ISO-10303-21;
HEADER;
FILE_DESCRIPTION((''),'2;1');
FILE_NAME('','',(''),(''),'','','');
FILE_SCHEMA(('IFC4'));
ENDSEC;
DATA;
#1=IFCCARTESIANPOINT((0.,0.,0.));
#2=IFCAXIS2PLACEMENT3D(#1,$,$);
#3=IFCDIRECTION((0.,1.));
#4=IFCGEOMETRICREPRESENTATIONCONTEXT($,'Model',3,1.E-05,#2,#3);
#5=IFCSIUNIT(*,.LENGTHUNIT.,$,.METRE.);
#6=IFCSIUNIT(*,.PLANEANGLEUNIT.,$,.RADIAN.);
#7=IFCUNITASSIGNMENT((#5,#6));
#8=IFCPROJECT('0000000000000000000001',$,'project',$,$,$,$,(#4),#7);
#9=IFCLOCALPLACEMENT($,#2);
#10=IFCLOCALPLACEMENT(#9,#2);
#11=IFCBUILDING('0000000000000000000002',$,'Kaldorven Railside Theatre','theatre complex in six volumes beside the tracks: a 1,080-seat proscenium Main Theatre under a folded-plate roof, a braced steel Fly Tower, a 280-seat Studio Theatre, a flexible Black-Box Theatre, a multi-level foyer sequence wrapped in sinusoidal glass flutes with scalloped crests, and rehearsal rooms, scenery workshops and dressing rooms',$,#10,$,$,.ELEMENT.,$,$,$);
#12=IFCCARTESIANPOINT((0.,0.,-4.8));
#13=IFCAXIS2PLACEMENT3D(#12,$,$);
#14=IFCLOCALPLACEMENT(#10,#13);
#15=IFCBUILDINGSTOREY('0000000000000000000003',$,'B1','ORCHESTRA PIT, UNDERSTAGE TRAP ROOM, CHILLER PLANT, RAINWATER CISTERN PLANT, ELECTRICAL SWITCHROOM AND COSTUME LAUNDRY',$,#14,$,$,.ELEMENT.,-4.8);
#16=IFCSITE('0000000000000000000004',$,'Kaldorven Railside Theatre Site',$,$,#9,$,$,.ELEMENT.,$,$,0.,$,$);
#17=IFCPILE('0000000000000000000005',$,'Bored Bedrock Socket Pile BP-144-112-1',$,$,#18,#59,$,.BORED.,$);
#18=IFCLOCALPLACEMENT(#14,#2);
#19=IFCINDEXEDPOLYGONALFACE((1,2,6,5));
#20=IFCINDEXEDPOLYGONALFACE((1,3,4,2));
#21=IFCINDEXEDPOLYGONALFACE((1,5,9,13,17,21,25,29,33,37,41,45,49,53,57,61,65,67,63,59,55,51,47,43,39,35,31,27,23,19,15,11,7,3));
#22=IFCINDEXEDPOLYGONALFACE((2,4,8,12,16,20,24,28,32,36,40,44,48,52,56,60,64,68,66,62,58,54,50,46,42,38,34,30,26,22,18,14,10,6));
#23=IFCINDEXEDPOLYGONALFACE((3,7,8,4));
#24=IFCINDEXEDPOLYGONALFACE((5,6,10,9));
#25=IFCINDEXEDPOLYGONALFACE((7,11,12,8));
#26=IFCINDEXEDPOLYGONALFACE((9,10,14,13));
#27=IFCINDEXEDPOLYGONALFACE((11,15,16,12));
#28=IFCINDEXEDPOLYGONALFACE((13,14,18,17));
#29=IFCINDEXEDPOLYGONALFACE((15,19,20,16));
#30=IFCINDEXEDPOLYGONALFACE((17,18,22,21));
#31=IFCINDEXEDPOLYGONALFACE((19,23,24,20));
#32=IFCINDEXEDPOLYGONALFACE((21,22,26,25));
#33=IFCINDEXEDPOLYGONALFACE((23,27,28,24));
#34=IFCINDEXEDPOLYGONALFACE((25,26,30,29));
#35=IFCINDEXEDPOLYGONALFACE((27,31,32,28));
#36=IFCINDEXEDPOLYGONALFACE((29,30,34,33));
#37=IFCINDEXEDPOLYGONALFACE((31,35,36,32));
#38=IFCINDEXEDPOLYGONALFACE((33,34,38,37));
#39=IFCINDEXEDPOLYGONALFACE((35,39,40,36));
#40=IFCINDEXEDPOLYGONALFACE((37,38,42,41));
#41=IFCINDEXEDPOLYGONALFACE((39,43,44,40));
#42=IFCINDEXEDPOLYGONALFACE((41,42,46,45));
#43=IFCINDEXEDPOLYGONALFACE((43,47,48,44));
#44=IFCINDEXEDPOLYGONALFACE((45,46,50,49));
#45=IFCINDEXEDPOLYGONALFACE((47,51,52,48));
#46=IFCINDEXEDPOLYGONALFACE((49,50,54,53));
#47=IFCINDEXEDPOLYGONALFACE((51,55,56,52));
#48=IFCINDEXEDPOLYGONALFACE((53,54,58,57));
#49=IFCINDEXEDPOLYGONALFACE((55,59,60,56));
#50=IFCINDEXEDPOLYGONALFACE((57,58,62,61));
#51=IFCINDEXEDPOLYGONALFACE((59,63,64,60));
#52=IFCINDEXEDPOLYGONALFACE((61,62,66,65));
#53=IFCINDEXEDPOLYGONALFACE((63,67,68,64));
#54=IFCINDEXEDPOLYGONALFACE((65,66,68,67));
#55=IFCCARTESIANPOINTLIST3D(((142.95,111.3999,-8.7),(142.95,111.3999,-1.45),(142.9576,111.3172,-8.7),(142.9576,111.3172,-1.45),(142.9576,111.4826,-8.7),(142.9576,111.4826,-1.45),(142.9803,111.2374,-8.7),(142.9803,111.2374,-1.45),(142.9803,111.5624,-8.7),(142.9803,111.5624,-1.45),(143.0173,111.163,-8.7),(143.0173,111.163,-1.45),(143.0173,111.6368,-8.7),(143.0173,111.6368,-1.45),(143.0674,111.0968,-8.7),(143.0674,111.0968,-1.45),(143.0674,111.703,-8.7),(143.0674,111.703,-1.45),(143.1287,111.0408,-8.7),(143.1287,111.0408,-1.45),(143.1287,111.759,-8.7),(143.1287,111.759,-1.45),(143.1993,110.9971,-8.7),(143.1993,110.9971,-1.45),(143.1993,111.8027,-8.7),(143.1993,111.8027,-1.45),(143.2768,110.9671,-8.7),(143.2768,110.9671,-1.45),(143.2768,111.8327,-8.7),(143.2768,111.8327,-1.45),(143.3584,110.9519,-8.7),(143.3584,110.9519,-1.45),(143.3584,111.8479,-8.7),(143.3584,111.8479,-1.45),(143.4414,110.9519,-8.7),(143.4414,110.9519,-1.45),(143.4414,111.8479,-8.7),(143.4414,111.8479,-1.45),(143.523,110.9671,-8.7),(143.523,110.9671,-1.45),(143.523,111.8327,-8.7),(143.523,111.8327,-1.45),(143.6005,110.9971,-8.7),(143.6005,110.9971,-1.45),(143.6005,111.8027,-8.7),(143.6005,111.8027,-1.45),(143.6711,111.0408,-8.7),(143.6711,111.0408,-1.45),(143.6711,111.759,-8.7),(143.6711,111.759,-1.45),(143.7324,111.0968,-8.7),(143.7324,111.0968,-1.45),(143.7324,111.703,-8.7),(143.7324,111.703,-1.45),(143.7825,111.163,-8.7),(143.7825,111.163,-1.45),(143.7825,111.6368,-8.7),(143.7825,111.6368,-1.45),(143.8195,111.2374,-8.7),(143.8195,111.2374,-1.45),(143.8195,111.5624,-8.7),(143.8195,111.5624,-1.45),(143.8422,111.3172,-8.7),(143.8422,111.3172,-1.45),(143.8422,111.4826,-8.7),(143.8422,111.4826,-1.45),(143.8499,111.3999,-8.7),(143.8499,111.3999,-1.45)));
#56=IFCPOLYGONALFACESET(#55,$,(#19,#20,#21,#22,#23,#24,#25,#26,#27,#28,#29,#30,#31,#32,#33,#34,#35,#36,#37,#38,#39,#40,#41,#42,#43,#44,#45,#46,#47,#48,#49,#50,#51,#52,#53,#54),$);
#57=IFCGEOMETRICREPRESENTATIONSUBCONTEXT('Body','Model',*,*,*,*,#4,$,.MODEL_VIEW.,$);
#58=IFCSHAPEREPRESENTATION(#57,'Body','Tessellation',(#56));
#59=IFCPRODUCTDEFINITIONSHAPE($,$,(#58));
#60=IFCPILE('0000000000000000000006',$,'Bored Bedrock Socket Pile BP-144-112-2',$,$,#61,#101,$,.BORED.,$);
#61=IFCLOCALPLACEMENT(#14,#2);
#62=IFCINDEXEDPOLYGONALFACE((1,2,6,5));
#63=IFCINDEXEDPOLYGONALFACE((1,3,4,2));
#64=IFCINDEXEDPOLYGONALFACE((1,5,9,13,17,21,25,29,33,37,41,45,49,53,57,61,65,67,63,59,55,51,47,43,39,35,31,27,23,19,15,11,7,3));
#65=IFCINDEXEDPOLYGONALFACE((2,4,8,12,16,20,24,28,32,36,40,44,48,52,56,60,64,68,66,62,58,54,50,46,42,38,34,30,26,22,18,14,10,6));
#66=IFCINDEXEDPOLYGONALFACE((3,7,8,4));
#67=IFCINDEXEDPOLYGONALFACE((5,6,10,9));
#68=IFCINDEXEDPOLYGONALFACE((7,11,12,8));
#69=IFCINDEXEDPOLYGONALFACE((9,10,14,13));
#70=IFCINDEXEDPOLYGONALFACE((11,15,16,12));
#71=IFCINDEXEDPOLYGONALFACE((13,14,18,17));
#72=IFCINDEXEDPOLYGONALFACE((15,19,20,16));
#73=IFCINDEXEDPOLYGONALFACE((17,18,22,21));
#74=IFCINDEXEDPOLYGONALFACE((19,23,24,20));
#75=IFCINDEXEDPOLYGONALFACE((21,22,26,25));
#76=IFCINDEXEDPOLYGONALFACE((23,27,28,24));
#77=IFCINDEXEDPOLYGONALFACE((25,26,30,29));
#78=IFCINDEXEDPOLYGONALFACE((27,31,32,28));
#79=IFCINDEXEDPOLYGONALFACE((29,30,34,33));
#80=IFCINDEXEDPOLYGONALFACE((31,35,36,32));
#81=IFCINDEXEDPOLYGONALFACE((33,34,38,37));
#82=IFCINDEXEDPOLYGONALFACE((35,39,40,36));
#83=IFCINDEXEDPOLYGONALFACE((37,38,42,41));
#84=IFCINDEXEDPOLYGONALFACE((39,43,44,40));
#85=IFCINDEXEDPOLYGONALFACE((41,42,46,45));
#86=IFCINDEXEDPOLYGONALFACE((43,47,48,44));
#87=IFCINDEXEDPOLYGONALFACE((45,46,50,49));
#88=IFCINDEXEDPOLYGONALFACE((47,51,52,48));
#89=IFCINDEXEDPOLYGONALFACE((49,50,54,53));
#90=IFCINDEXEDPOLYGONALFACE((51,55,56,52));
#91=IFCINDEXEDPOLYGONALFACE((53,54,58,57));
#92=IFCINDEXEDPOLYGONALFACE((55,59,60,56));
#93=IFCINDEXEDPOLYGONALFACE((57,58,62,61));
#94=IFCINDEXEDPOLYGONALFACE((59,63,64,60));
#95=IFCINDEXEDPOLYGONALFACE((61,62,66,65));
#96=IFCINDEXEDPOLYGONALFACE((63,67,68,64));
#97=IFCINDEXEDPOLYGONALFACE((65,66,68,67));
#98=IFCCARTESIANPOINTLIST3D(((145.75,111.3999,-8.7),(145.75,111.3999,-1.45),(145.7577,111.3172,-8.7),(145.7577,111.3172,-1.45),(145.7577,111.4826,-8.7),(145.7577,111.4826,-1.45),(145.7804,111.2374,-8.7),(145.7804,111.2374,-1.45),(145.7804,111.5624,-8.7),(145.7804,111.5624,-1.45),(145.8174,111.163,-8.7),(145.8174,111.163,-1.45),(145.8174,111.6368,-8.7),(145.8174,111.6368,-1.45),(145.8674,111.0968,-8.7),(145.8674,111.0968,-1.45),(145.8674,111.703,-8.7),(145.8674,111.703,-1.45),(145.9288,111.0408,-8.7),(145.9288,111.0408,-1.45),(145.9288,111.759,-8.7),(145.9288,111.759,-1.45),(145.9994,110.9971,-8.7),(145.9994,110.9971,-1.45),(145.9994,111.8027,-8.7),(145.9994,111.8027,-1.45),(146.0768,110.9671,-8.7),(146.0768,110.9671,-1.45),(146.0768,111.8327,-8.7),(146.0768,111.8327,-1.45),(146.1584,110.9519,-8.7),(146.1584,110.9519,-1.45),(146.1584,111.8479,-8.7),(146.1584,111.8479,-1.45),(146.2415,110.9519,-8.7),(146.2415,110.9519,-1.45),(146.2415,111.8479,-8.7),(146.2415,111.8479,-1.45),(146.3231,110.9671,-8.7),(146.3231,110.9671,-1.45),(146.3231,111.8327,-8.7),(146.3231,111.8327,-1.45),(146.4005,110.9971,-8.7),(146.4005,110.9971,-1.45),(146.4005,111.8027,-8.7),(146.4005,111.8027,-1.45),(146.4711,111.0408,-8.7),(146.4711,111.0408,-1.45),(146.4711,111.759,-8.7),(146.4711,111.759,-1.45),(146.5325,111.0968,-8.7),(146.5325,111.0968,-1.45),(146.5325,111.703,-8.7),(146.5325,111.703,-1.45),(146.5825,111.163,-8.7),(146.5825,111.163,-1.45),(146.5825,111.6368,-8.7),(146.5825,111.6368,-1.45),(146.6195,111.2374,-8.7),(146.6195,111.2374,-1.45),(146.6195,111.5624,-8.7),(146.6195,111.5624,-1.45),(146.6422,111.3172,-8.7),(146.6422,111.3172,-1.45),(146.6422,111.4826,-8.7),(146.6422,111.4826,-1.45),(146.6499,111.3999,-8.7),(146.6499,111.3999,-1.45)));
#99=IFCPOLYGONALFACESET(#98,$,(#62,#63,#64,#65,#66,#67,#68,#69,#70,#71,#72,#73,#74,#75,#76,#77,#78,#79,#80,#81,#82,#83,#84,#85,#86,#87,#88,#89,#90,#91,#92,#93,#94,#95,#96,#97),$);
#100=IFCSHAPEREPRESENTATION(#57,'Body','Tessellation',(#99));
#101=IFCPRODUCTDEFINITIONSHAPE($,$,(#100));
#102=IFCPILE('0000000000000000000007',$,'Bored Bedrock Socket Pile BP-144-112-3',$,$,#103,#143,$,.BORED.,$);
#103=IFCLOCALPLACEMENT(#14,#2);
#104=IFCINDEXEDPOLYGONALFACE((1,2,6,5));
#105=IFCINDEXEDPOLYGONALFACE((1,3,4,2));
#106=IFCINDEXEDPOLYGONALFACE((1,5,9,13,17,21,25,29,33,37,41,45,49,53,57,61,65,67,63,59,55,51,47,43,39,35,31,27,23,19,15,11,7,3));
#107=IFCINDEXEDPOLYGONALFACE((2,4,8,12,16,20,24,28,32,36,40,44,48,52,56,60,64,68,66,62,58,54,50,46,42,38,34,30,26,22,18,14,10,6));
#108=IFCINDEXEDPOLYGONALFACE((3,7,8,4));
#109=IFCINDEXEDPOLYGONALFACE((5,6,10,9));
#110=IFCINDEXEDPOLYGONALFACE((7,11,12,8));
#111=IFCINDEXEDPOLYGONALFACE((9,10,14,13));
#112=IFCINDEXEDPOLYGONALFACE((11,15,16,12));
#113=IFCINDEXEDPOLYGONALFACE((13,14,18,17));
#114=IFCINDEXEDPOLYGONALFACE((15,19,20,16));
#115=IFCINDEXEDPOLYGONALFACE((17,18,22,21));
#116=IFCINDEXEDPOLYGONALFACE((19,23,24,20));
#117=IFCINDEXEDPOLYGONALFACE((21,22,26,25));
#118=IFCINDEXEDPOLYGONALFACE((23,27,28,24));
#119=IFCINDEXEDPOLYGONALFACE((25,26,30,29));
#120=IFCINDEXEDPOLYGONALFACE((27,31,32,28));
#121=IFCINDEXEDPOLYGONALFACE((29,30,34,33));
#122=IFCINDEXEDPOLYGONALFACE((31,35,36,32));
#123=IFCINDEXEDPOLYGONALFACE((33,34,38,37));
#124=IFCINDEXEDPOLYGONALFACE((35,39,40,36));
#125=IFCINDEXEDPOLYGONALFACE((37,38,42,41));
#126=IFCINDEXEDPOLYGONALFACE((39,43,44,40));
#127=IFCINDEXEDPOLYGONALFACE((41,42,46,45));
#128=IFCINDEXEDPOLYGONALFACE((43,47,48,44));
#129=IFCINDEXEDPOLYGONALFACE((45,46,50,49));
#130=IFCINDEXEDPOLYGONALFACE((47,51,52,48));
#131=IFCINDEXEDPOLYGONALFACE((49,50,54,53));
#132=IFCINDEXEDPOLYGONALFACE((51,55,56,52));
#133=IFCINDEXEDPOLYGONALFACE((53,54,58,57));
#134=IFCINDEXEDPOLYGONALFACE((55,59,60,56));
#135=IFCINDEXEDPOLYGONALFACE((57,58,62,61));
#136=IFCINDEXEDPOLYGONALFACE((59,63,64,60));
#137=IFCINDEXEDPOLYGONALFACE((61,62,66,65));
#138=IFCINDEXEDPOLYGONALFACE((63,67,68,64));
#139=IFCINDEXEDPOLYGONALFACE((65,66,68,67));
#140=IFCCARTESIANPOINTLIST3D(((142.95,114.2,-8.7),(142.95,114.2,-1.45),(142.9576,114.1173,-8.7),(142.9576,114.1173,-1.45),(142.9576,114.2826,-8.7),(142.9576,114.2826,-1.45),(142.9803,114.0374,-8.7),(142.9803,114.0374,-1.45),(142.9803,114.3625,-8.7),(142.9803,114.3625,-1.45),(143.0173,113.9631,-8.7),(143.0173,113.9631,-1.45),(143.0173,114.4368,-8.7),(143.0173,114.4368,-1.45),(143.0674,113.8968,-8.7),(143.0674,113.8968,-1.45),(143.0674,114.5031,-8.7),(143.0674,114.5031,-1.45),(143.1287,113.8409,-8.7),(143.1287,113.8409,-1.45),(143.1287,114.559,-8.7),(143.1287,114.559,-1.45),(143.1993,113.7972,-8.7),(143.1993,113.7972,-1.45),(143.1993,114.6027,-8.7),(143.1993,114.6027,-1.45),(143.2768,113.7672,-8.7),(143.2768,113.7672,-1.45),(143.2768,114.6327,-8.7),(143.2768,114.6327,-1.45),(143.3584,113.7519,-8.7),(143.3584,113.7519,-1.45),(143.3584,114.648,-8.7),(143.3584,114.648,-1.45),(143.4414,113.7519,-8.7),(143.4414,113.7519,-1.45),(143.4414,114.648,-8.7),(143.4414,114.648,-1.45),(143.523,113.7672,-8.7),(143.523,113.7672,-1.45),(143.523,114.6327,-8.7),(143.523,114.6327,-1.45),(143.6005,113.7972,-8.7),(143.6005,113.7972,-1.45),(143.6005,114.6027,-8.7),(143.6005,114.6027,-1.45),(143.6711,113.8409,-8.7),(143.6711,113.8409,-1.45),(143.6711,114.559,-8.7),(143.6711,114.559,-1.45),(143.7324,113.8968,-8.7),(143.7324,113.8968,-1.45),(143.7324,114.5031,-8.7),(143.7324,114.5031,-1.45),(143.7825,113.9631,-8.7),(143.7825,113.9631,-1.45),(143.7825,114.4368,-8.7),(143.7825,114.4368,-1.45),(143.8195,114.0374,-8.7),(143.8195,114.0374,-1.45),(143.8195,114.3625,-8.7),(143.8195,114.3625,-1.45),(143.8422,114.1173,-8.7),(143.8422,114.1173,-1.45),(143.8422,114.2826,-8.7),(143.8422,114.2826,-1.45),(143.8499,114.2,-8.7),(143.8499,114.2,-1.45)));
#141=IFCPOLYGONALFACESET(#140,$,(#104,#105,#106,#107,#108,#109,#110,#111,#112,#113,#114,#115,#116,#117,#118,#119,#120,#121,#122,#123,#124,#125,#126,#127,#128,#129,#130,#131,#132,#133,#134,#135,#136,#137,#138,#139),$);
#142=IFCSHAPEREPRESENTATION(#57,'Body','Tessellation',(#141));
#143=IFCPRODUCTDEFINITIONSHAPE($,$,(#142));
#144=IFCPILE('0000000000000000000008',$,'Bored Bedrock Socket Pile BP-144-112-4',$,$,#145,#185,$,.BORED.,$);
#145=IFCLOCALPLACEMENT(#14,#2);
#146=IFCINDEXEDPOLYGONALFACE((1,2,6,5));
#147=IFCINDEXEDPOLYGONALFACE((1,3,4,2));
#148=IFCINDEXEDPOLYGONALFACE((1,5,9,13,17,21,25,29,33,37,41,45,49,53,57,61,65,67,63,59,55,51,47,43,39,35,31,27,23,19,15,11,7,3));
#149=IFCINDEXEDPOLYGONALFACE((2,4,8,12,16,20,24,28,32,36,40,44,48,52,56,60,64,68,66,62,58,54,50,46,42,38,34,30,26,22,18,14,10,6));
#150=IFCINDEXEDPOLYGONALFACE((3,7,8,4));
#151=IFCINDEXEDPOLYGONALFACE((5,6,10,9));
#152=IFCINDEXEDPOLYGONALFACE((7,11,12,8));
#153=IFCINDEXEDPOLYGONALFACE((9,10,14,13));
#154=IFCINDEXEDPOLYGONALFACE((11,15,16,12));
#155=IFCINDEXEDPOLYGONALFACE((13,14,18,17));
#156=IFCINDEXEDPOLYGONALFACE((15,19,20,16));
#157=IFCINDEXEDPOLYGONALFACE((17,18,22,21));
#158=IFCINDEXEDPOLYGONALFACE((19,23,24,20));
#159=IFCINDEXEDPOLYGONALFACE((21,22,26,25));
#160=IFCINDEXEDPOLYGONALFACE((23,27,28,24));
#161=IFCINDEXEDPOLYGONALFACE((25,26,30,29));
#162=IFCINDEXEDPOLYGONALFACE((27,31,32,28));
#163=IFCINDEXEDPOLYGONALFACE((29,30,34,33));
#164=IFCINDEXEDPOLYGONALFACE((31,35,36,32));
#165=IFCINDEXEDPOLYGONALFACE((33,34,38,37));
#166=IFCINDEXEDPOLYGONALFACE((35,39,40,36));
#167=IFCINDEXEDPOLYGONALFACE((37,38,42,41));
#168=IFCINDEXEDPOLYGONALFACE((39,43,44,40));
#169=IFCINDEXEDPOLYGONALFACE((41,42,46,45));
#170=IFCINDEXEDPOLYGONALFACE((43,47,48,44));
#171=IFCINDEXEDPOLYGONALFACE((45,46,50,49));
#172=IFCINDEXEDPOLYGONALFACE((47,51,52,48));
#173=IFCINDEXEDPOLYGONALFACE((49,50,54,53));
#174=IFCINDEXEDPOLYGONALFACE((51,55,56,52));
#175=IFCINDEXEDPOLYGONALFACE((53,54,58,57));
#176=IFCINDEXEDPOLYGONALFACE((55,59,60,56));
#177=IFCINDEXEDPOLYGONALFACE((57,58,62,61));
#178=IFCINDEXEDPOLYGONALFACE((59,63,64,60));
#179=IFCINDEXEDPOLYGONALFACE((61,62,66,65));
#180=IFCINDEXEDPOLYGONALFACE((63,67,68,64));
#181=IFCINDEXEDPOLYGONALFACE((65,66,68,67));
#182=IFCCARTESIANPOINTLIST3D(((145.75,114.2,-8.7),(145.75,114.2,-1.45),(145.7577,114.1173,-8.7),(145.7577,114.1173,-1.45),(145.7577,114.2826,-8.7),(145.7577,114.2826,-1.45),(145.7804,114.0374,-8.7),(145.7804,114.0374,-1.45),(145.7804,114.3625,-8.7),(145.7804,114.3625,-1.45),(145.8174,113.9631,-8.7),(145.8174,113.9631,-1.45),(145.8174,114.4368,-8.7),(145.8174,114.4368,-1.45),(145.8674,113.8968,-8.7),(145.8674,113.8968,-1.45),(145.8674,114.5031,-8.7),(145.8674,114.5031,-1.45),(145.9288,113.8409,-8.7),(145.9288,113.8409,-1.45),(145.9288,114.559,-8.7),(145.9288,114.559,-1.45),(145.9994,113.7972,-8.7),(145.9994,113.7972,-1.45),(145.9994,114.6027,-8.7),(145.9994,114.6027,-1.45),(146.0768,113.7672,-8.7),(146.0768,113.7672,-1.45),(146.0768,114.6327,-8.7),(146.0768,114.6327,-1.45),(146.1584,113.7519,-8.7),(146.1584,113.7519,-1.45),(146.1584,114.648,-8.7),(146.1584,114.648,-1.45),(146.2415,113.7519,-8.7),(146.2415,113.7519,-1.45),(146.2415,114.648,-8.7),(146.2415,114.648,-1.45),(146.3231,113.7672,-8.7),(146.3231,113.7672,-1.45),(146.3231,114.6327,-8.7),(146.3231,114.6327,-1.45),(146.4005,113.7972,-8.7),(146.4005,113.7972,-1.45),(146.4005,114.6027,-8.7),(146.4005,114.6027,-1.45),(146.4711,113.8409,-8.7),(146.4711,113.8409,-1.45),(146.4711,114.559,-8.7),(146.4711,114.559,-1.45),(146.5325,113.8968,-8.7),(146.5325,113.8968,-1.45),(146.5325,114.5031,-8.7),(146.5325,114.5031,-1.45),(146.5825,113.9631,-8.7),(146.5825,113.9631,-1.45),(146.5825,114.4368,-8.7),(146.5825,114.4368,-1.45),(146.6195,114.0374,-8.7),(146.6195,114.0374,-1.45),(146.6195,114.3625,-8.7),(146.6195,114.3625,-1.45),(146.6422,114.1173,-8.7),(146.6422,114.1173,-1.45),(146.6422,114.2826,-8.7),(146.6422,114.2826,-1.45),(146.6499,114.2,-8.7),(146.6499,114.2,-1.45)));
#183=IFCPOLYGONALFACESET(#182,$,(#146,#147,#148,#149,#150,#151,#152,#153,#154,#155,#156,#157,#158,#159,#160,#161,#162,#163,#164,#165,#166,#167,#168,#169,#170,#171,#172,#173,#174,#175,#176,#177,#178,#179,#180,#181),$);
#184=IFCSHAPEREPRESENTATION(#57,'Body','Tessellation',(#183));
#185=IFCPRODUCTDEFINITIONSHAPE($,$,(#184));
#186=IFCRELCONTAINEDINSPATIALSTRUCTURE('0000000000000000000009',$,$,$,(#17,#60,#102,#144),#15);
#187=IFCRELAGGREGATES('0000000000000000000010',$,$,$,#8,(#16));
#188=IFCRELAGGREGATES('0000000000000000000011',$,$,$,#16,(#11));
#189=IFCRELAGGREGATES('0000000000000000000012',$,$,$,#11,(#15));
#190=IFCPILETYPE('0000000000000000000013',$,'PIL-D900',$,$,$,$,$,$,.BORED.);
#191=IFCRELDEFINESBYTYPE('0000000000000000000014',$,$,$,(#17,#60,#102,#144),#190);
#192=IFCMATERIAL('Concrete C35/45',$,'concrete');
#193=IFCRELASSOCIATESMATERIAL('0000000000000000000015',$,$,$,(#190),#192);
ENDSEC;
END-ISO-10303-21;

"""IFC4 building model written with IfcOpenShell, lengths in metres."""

from ifc_helpers import new_model, si_unit, direction, frame, origin, origin_2d, place, context, subcontext, project, spatial, circle, extrude, material, material_profile, profile_set, type_object, element, save


model = new_model("IFC4")

# Units and contexts
model_context = context("Model", 3, precision=1e-05, world=origin(), true_north=direction((0.0, 1.0)))
body_context = subcontext(model_context, "Body", "Model", "MODEL_VIEW")
ifc_project = project(units=[si_unit("LENGTHUNIT", "METRE"), si_unit("PLANEANGLEUNIT", "RADIAN")], contexts=[model_context])

# Site, building, storey
site_placement = place(None, origin())
site = spatial("IfcSite", under=ifc_project, at=site_placement, Name="Kaldorven Railside Theatre Site", CompositionType="ELEMENT", RefElevation=0.0)
building_placement = place(site_placement, origin())
building = spatial("IfcBuilding", under=site, at=building_placement, Name="Kaldorven Railside Theatre", Description="theatre complex in six volumes beside the tracks: a 1,080-seat proscenium Main Theatre under a folded-plate roof, a braced steel Fly Tower, a 280-seat Studio Theatre, a flexible Black-Box Theatre, a multi-level foyer sequence wrapped in sinusoidal glass flutes with scalloped crests, and rehearsal rooms, scenery workshops and dressing rooms", CompositionType="ELEMENT")
storey_placement = place(building_placement, frame((0.0, 0.0, -4.8)))
storey = spatial("IfcBuildingStorey", under=building, at=storey_placement, Name="B1", Description="ORCHESTRA PIT, UNDERSTAGE TRAP ROOM, CHILLER PLANT, RAINWATER CISTERN PLANT, ELECTRICAL SWITCHROOM AND COSTUME LAUNDRY", CompositionType="ELEMENT", Elevation=-4.8)

# Piles
ifc_material_1 = material(Name="Concrete C35/45", Category="concrete")
ifc_material_profile_1 = material_profile(ifc_material_1, circle(Radius=0.45, at=origin_2d()), Name="BP D900")
ifc_profile_set_1 = profile_set([ifc_material_profile_1], Name="Concrete C35/45")
pile_type_1 = type_object("IfcPileType", Name="PIL-D900", PredefinedType="BORED", material=ifc_profile_set_1)
for number, where, z_axis, x_axis, name in (
    (1, (143.3999, 111.3999, -1.45), (0.0, 0.0, -1.0), (1.0, 0.0, 0.0), "Bored Bedrock Socket Pile BP-144-112-1"),
    (2, (146.2, 111.3999, -1.45), (0.0, 0.0, -1.0), (1.0, 0.0, 0.0), "Bored Bedrock Socket Pile BP-144-112-2"),
    (3, (143.3999, 114.2, -1.45), (0.0, 0.0, -1.0), (1.0, 0.0, 0.0), "Bored Bedrock Socket Pile BP-144-112-3"),
    (4, (146.2, 114.2, -1.45), (0.0, 0.0, -1.0), (1.0, 0.0, 0.0), "Bored Bedrock Socket Pile BP-144-112-4"),
):
    element("IfcPile", number, at=place(storey_placement, frame(where, z_axis=z_axis, x_axis=x_axis)), inside=storey, type_object=pile_type_1, Name=name, PredefinedType="BORED", context=body_context, shape_type="SweptSolid", body=[
        extrude(circle(Radius=0.45, at=origin_2d()), origin(), (0.0, 0.0, 1.0), 7.25),
    ])

save(model, "model.ifc")
